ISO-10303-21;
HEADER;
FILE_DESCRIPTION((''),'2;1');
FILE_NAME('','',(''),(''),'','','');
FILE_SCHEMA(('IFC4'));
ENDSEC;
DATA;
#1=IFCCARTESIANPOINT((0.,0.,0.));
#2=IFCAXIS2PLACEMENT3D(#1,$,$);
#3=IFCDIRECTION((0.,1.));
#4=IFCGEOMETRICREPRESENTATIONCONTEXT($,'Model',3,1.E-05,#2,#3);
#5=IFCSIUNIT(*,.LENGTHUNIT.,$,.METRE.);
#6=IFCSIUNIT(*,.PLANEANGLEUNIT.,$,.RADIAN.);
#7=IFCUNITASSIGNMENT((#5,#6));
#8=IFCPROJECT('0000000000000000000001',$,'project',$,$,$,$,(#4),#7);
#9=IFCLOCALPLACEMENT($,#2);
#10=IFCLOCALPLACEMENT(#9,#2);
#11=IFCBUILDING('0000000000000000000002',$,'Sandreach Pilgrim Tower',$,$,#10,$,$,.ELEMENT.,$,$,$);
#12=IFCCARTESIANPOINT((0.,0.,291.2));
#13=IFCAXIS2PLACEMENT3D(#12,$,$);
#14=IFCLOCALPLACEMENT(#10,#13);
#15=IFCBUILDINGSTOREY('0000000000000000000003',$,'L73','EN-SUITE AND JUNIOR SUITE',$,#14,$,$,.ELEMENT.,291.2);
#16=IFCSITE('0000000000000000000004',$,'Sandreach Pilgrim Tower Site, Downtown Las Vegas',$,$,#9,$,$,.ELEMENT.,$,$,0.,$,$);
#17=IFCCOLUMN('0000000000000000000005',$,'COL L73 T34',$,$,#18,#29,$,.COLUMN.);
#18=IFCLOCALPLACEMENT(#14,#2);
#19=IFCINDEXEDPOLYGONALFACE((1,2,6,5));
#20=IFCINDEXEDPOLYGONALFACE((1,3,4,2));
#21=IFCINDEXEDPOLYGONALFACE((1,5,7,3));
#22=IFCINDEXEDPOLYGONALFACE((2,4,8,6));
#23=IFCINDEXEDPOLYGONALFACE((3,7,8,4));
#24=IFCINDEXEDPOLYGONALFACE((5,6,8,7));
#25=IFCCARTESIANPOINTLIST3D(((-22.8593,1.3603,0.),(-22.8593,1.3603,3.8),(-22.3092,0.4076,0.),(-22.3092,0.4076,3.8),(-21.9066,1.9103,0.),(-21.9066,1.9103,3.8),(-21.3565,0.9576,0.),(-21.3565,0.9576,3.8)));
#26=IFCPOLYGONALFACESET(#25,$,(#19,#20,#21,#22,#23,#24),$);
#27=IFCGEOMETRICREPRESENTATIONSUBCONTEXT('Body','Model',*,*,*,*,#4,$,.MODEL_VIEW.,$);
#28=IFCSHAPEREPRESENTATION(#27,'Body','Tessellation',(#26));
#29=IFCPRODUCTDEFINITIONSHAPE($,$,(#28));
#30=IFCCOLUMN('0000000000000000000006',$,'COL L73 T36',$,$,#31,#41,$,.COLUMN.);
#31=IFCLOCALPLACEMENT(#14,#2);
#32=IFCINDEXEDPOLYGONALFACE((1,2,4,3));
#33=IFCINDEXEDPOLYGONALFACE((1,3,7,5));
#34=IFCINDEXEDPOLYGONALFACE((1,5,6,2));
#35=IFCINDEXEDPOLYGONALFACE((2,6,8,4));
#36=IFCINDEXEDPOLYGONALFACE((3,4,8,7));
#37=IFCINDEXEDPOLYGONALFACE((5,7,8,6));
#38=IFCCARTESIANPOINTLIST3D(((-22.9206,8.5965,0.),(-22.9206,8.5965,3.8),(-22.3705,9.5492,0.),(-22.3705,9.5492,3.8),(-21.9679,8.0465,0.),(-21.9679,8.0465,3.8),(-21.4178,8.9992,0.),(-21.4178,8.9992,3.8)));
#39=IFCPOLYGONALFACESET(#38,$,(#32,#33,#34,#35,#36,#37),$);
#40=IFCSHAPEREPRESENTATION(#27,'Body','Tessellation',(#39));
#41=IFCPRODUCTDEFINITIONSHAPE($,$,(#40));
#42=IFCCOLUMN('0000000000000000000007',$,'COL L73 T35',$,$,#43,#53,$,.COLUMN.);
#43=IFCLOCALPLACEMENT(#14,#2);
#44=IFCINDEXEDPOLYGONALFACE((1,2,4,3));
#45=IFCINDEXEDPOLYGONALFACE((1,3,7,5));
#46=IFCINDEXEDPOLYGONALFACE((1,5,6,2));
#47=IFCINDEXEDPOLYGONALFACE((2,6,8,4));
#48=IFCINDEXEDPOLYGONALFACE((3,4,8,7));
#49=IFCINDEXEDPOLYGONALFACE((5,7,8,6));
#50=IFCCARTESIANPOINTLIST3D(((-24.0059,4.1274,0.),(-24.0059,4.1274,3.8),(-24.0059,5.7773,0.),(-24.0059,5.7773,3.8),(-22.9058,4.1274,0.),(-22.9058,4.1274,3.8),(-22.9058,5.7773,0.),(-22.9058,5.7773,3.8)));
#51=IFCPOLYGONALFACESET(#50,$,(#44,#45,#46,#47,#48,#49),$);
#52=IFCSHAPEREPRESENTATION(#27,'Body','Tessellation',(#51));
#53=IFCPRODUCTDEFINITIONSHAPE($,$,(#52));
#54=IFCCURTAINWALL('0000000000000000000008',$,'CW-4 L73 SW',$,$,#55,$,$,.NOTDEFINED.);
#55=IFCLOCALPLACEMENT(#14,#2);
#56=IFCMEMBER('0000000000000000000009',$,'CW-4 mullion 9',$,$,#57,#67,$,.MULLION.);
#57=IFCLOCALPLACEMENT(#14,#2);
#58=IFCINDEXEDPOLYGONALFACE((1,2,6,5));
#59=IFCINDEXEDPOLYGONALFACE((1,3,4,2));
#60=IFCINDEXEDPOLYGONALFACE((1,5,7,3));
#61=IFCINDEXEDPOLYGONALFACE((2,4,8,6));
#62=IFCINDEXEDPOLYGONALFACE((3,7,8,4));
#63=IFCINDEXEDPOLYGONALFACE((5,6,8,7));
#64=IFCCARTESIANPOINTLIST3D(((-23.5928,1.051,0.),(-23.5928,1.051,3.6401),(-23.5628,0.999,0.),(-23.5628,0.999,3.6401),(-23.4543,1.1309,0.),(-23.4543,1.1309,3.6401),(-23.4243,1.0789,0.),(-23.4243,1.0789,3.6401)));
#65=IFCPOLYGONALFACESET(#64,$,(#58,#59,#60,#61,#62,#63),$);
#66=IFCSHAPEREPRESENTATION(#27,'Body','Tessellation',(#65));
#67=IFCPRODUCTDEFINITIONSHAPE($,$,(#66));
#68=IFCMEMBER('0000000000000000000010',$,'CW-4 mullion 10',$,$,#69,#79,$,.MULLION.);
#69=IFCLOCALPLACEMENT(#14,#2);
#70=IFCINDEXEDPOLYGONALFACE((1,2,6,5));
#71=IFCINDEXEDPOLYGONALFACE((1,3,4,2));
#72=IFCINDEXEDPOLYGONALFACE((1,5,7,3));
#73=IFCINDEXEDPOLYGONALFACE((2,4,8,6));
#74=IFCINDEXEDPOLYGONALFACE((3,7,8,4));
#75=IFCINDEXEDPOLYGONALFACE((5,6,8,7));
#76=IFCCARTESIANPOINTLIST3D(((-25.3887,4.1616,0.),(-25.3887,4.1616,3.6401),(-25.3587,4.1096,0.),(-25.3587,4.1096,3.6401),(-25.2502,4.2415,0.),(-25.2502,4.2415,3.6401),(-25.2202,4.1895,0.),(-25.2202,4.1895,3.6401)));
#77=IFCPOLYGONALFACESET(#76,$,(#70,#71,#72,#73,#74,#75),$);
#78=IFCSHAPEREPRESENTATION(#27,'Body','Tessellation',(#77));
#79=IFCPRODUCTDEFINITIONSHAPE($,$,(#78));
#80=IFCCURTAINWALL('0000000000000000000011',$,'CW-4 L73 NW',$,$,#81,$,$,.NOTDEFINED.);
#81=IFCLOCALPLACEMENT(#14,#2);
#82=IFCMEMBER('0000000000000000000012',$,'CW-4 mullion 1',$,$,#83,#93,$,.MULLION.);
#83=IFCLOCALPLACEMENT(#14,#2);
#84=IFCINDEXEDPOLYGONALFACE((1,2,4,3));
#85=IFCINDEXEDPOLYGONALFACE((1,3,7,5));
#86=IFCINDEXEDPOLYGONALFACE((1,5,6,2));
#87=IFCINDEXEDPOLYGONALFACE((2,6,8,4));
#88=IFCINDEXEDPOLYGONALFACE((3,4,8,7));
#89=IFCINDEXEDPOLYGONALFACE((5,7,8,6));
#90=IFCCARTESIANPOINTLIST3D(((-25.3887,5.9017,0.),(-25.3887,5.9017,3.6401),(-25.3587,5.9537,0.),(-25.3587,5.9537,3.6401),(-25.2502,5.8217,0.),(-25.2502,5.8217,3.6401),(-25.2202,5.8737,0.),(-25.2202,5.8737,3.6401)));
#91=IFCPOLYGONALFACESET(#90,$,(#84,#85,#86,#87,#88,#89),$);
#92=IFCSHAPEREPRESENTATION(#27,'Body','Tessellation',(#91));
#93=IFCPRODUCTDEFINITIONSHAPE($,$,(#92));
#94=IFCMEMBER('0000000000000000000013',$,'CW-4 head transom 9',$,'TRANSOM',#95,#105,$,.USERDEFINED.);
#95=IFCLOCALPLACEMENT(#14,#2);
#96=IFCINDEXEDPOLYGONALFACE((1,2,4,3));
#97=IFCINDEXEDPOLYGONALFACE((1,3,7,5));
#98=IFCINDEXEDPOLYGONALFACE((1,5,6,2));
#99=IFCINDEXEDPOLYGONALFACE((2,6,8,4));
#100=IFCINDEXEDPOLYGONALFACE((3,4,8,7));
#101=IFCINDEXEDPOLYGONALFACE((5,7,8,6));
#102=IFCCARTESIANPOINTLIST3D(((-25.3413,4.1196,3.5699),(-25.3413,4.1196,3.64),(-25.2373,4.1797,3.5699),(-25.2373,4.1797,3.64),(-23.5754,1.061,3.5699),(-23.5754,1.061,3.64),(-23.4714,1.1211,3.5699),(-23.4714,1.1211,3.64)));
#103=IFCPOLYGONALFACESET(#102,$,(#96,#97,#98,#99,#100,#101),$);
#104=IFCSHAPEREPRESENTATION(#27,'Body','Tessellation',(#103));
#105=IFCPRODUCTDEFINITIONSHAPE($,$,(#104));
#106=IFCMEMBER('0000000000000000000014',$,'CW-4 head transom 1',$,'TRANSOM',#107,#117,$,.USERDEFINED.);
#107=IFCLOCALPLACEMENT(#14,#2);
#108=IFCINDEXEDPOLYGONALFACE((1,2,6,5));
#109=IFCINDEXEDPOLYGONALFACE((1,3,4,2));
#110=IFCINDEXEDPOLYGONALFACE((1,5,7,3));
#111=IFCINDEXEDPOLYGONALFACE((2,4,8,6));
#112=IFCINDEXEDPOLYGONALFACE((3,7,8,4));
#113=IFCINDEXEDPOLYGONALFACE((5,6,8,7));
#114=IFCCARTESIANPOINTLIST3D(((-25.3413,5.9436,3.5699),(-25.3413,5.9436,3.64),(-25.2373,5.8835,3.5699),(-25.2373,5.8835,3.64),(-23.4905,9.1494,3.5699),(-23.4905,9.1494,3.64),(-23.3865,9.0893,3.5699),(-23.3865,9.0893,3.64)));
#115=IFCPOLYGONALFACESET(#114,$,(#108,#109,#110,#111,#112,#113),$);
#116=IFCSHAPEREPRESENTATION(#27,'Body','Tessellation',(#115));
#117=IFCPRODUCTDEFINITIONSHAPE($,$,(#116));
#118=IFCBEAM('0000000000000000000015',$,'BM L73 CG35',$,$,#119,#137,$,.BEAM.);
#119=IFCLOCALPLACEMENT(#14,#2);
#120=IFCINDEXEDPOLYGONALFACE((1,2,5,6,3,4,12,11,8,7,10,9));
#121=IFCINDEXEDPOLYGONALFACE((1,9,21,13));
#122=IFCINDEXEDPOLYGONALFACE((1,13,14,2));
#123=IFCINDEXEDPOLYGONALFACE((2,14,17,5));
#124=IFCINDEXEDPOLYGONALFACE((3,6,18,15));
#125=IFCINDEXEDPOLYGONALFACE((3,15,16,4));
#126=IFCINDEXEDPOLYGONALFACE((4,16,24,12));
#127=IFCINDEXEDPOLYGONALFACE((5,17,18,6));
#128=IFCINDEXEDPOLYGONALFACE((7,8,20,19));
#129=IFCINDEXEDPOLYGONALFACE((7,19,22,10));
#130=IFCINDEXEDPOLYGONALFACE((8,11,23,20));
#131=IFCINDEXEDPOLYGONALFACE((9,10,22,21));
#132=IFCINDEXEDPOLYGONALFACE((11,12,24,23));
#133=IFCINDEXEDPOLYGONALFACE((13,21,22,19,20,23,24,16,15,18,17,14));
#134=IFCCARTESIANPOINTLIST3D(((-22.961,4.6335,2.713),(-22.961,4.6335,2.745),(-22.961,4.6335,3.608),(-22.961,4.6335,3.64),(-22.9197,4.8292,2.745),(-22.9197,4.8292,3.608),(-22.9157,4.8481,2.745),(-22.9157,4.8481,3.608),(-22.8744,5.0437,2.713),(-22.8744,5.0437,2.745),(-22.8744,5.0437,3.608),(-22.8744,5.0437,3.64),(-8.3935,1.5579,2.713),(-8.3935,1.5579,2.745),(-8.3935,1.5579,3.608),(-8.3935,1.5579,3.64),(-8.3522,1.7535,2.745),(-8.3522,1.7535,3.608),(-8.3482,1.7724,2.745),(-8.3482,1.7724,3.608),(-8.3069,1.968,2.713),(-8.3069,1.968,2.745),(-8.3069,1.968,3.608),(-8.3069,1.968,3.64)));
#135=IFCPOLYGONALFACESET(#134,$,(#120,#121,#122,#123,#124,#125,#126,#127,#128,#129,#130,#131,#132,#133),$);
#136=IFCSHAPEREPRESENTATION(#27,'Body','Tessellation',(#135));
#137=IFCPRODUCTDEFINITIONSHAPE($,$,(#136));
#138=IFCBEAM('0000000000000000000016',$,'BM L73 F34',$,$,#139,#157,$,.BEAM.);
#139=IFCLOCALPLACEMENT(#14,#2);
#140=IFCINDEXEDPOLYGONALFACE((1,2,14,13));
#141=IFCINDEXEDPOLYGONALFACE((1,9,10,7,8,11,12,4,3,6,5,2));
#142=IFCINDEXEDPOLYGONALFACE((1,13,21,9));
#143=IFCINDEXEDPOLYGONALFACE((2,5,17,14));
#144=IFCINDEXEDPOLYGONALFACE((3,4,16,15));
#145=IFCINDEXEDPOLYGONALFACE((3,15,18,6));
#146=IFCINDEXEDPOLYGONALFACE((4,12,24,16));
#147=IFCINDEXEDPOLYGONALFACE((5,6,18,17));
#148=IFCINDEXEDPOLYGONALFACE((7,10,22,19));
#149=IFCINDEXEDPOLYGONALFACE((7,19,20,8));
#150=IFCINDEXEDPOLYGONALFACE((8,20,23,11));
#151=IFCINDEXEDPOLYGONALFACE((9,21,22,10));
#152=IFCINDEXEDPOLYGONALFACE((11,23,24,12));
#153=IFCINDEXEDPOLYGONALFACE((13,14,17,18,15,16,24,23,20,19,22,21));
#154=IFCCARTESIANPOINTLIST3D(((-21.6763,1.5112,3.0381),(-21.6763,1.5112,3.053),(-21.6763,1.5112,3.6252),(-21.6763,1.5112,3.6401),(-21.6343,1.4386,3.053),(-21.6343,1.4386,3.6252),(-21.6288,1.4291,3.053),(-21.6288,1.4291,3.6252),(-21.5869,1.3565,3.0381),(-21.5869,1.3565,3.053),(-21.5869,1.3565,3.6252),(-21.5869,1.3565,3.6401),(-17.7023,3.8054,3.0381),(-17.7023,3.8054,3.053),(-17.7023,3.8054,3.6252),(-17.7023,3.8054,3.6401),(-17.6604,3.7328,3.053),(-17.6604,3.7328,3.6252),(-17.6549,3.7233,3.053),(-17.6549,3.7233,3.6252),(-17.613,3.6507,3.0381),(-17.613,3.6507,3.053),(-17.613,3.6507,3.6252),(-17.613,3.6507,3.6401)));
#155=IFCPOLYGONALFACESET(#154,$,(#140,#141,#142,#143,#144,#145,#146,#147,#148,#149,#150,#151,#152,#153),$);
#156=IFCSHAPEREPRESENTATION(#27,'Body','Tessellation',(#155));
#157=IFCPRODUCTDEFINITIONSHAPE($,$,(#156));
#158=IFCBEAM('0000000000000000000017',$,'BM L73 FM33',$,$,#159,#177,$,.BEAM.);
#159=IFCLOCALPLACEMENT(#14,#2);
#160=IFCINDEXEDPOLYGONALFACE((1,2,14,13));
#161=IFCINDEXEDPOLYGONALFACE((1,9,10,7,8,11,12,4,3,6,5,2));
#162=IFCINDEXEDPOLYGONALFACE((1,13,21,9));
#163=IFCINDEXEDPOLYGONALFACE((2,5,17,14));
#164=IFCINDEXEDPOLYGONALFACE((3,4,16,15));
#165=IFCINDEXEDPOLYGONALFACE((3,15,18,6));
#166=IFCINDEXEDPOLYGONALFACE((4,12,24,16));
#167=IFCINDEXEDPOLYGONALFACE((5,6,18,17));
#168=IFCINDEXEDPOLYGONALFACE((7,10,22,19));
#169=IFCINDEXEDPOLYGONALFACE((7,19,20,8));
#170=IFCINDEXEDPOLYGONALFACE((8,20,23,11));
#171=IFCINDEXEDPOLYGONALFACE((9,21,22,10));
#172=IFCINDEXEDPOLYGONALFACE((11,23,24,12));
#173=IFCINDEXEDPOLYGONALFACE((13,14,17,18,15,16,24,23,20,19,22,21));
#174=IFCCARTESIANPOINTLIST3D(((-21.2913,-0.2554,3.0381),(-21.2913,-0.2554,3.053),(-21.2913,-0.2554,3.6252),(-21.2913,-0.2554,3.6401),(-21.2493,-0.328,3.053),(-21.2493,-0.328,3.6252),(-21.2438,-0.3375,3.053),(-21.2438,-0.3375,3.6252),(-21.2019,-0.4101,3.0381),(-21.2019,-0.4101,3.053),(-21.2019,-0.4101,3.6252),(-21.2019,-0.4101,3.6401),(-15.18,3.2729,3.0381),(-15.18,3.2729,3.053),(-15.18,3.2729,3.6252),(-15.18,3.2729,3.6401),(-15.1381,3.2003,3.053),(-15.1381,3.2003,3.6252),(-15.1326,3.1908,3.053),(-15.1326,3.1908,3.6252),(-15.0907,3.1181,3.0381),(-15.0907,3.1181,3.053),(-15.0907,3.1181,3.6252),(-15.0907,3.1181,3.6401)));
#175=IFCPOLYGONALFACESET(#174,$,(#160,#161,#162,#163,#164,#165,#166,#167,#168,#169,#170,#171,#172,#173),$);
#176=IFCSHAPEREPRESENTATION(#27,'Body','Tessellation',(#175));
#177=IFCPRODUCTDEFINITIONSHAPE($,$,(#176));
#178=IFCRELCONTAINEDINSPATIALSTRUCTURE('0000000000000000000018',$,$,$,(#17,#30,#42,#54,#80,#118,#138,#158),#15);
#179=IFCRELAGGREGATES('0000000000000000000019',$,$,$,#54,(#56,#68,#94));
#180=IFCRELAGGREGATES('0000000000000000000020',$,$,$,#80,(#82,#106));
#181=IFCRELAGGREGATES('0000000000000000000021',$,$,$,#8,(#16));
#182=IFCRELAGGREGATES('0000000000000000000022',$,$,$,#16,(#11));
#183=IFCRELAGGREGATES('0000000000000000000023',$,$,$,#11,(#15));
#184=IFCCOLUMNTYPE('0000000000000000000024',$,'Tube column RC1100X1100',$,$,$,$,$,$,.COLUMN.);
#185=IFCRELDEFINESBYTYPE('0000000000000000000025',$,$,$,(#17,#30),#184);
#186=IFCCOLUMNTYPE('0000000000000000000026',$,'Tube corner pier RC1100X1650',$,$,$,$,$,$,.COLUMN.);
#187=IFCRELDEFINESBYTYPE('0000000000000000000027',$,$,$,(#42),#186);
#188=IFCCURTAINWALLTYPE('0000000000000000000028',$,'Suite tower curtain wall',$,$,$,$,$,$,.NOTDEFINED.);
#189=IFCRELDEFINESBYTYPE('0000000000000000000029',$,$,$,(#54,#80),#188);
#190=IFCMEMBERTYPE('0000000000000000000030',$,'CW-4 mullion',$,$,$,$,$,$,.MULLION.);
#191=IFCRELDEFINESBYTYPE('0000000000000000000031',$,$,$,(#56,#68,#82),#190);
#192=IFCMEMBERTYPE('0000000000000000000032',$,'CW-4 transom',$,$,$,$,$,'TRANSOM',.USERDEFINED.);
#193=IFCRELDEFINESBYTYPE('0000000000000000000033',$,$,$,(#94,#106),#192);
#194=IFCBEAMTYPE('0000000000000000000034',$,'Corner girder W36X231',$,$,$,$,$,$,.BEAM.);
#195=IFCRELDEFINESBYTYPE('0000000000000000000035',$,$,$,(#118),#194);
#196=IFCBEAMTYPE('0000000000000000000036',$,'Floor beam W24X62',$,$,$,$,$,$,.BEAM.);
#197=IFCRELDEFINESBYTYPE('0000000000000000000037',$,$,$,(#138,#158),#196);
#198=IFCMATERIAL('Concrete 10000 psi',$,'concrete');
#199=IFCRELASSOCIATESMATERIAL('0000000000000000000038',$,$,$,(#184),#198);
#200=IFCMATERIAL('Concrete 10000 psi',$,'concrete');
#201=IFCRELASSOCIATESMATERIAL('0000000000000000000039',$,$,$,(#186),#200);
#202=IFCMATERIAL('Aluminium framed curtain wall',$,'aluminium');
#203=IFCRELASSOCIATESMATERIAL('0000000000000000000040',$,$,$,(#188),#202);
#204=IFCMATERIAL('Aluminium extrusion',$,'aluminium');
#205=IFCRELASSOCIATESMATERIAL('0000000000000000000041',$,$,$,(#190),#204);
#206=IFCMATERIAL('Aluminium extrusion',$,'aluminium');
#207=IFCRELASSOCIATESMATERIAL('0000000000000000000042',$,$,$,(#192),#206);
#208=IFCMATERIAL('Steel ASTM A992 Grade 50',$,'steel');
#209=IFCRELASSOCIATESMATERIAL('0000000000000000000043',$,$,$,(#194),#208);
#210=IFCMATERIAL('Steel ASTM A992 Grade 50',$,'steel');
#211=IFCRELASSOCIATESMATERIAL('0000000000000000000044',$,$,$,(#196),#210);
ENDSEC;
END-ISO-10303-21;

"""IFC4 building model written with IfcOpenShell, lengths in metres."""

from ifc_helpers import new_model, si_unit, direction, frame, origin, origin_2d, place, context, subcontext, project, spatial, rectangle, i_section, extrude, material, material_profile, profile_set, type_object, element, aggregate, save


model = new_model("IFC4")

# Units and contexts
model_context = context("Model", 3, precision=1e-05, world=origin(), true_north=direction((0.0, 1.0)))
body_context = subcontext(model_context, "Body", "Model", "MODEL_VIEW")
ifc_project = project(units=[si_unit("LENGTHUNIT", "METRE"), si_unit("PLANEANGLEUNIT", "RADIAN")], contexts=[model_context])

# Site, building, storey
site_placement = place(None, origin())
site = spatial("IfcSite", under=ifc_project, at=site_placement, Name="Sandreach Pilgrim Tower Site, Downtown Las Vegas", CompositionType="ELEMENT", RefElevation=0.0)
building_placement = place(site_placement, origin())
building = spatial("IfcBuilding", under=site, at=building_placement, Name="Sandreach Pilgrim Tower", CompositionType="ELEMENT")
storey_placement = place(building_placement, frame((0.0, 0.0, 291.2)))
storey = spatial("IfcBuildingStorey", under=building, at=storey_placement, Name="L73", Description="EN-SUITE AND JUNIOR SUITE", CompositionType="ELEMENT", Elevation=291.2)

# Columns
ifc_material_1 = material(Name="Concrete 10000 psi", Category="concrete")
ifc_material_profile_1 = material_profile(ifc_material_1, rectangle(XDim=1.1001, YDim=1.1001, at=origin_2d()), Name="RC1100X1100")
ifc_profile_set_1 = profile_set([ifc_material_profile_1], Name="Concrete 10000 psi")
column_type_1 = type_object("IfcColumnType", Name="Tube column RC1100X1100", PredefinedType="COLUMN", material=ifc_profile_set_1)
for number, where, z_axis, x_axis, name in (
    (1, (-22.1079, 1.1589, 0.0), (0.0, 0.0, 1.0), (-0.866025, -0.5, 0.0), "COL L73 T34"),
    (2, (-22.1692, 8.7979, 0.0), (0.0, 0.0, 1.0), (-0.866025, 0.5, 0.0), "COL L73 T36"),
):
    element("IfcColumn", number, at=place(storey_placement, frame(where, z_axis=z_axis, x_axis=x_axis)), inside=storey, type_object=column_type_1, Name=name, PredefinedType="COLUMN", context=body_context, shape_type="SweptSolid", body=[
        extrude(rectangle(XDim=1.1001, YDim=1.1001, at=origin_2d()), origin(), (0.0, 0.0, 1.0), 3.8),
    ])
ifc_material_2 = material(Name="Concrete 10000 psi", Category="concrete")
ifc_material_profile_2 = material_profile(ifc_material_2, rectangle(XDim=1.1001, YDim=1.6499, at=origin_2d()), Name="RC1100X1650")
ifc_profile_set_2 = profile_set([ifc_material_profile_2], Name="Concrete 10000 psi")
column_type_2 = type_object("IfcColumnType", Name="Tube corner pier RC1100X1650", PredefinedType="COLUMN", material=ifc_profile_set_2)
column_placement = place(storey_placement, frame((-23.4558, 4.9524, 0.0), z_axis=(0.0, 0.0, 1.0), x_axis=(-1.0, 0.0, 0.0)))
element("IfcColumn", 3, at=column_placement, inside=storey, type_object=column_type_2, Name="COL L73 T35", PredefinedType="COLUMN", context=body_context, shape_type="SweptSolid", body=[
    extrude(rectangle(XDim=1.1001, YDim=1.6499, at=origin_2d()), origin(), (0.0, 0.0, 1.0), 3.8),
])

# Curtain wall, members
ifc_material_3 = material(Name="Aluminium framed curtain wall", Category="aluminium")
curtain_wall_type = type_object("IfcCurtainWallType", Name="Suite tower curtain wall", PredefinedType="NOTDEFINED", material=ifc_material_3)
curtain_wall_1_placement = place(storey_placement, origin())
curtain_wall_1 = element("IfcCurtainWall", 4, at=curtain_wall_1_placement, inside=storey, type_object=curtain_wall_type, Name="CW-4 L73 SW", PredefinedType="NOTDEFINED")
ifc_material_4 = material(Name="Aluminium extrusion", Category="aluminium")
ifc_material_profile_3 = material_profile(ifc_material_4, rectangle(XDim=0.0601, YDim=0.1599, at=origin_2d()), Name="CW-4M 60X160")
ifc_profile_set_3 = profile_set([ifc_material_profile_3], Name="Aluminium extrusion")
member_type_1 = type_object("IfcMemberType", Name="CW-4 mullion", PredefinedType="MULLION", material=ifc_profile_set_3)
member_1_placement = place(storey_placement, frame((-23.5085, 1.0649, 0.0), z_axis=(0.0, 0.0, 1.0), x_axis=(-0.5, 0.866025, 0.0)))
member_1 = element("IfcMember", 5, at=member_1_placement, type_object=member_type_1, Name="CW-4 mullion 9", PredefinedType="MULLION", context=body_context, shape_type="SweptSolid", body=[
    extrude(rectangle(XDim=0.0601, YDim=0.1599, at=origin_2d()), origin(), (0.0, 0.0, 1.0), 3.6401),
])
member_2_placement = place(storey_placement, frame((-25.3044, 4.1755, 0.0), z_axis=(0.0, 0.0, 1.0), x_axis=(-0.5, 0.866025, 0.0)))
member_2 = element("IfcMember", 6, at=member_2_placement, type_object=member_type_1, Name="CW-4 mullion 10", PredefinedType="MULLION", context=body_context, shape_type="SweptSolid", body=[
    extrude(rectangle(XDim=0.0601, YDim=0.1599, at=origin_2d()), origin(), (0.0, 0.0, 1.0), 3.6401),
])

# Curtain wall, member
curtain_wall_2_placement = place(storey_placement, origin())
curtain_wall_2 = element("IfcCurtainWall", 7, at=curtain_wall_2_placement, inside=storey, type_object=curtain_wall_type, Name="CW-4 L73 NW", PredefinedType="NOTDEFINED")
member_3_placement = place(storey_placement, frame((-25.3044, 5.8877, 0.0), z_axis=(0.0, 0.0, 1.0), x_axis=(0.5, 0.866025, 0.0)))
member_3 = element("IfcMember", 8, at=member_3_placement, type_object=member_type_1, Name="CW-4 mullion 1", PredefinedType="MULLION", context=body_context, shape_type="SweptSolid", body=[
    extrude(rectangle(XDim=0.0601, YDim=0.1599, at=origin_2d()), origin(), (0.0, 0.0, 1.0), 3.6401),
])

# Members
ifc_material_5 = material(Name="Aluminium extrusion", Category="aluminium")
ifc_material_profile_4 = material_profile(ifc_material_5, rectangle(XDim=0.1201, YDim=0.0701, at=origin_2d()), Name="CW-4T 120X70")
ifc_profile_set_4 = profile_set([ifc_material_profile_4], Name="Aluminium extrusion")
member_type_2 = type_object("IfcMemberType", Name="CW-4 transom", ElementType="TRANSOM", PredefinedType="USERDEFINED", material=ifc_profile_set_4)
member_4_placement = place(storey_placement, frame((-23.5234, 1.0911, 3.605), z_axis=(-0.499998, 0.866027, 0.0), x_axis=(-0.866027, -0.499998, 0.0)))
member_4 = element("IfcMember", 9, at=member_4_placement, type_object=member_type_2, Name="CW-4 head transom 9", ObjectType="TRANSOM", PredefinedType="USERDEFINED", context=body_context, shape_type="SweptSolid", body=[
    extrude(rectangle(XDim=0.1201, YDim=0.0701, at=origin_2d()), origin(), (0.0, 0.0, 1.0), 3.5317),
])
member_5_placement = place(storey_placement, frame((-25.2893, 5.9136, 3.605), z_axis=(0.499991, 0.866031, 0.0), x_axis=(-0.866031, 0.499991, 0.0)))
member_5 = element("IfcMember", 10, at=member_5_placement, type_object=member_type_2, Name="CW-4 head transom 1", ObjectType="TRANSOM", PredefinedType="USERDEFINED", context=body_context, shape_type="SweptSolid", body=[
    extrude(rectangle(XDim=0.1201, YDim=0.0701, at=origin_2d()), origin(), (0.0, 0.0, 1.0), 3.7017),
])

# Beams
ifc_material_6 = material(Name="Steel ASTM A992 Grade 50", Category="steel")
ifc_material_profile_5 = material_profile(ifc_material_6, i_section(OverallWidth=0.4192, OverallDepth=0.927, WebThickness=0.0193, FlangeThickness=0.032, at=origin_2d()), Name="W36X231")
ifc_profile_set_5 = profile_set([ifc_material_profile_5], Name="Steel ASTM A992 Grade 50")
beam_type_1 = type_object("IfcBeamType", Name="Corner girder W36X231", PredefinedType="BEAM", material=ifc_profile_set_5)
beam_1_placement = place(storey_placement, frame((-22.9177, 4.8386, 3.1765), z_axis=(0.97843, -0.206577, 0.0), x_axis=(0.206577, 0.97843, 0.0)))
element("IfcBeam", 11, at=beam_1_placement, inside=storey, type_object=beam_type_1, Name="BM L73 CG35", PredefinedType="BEAM", context=body_context, shape_type="SweptSolid", body=[
    extrude(i_section(OverallWidth=0.4192, OverallDepth=0.927, WebThickness=0.0193, FlangeThickness=0.032, at=origin_2d()), origin(), (0.0, 0.0, 1.0), 14.8887),
])
ifc_material_7 = material(Name="Steel ASTM A992 Grade 50", Category="steel")
ifc_material_profile_6 = material_profile(ifc_material_7, i_section(OverallWidth=0.1787, OverallDepth=0.6021, WebThickness=0.011, FlangeThickness=0.0149, at=origin_2d()), Name="W24X62")
ifc_profile_set_6 = profile_set([ifc_material_profile_6], Name="Steel ASTM A992 Grade 50")
beam_type_2 = type_object("IfcBeamType", Name="Floor beam W24X62", PredefinedType="BEAM", material=ifc_profile_set_6)
beam_2_placement = place(storey_placement, frame((-21.6316, 1.4338, 3.3391), z_axis=(0.866038, 0.499979, 0.0), x_axis=(-0.499979, 0.866038, 0.0)))
element("IfcBeam", 12, at=beam_2_placement, inside=storey, type_object=beam_type_2, Name="BM L73 F34", PredefinedType="BEAM", context=body_context, shape_type="SweptSolid", body=[
    extrude(i_section(OverallWidth=0.1787, OverallDepth=0.6021, WebThickness=0.011, FlangeThickness=0.0149, at=origin_2d()), origin(), (0.0, 0.0, 1.0), 4.5886),
])
beam_3_placement = place(storey_placement, frame((-21.2466, -0.3328, 3.3391), z_axis=(0.866029, 0.499994, 0.0), x_axis=(-0.499994, 0.866029, 0.0)))
element("IfcBeam", 13, at=beam_3_placement, inside=storey, type_object=beam_type_2, Name="BM L73 FM33", PredefinedType="BEAM", context=body_context, shape_type="SweptSolid", body=[
    extrude(i_section(OverallWidth=0.1787, OverallDepth=0.6021, WebThickness=0.011, FlangeThickness=0.0149, at=origin_2d()), origin(), (0.0, 0.0, 1.0), 7.0566),
])

aggregate(curtain_wall_1, [member_1, member_2, member_4])
aggregate(curtain_wall_2, [member_3, member_5])

save(model, "model.ifc")
